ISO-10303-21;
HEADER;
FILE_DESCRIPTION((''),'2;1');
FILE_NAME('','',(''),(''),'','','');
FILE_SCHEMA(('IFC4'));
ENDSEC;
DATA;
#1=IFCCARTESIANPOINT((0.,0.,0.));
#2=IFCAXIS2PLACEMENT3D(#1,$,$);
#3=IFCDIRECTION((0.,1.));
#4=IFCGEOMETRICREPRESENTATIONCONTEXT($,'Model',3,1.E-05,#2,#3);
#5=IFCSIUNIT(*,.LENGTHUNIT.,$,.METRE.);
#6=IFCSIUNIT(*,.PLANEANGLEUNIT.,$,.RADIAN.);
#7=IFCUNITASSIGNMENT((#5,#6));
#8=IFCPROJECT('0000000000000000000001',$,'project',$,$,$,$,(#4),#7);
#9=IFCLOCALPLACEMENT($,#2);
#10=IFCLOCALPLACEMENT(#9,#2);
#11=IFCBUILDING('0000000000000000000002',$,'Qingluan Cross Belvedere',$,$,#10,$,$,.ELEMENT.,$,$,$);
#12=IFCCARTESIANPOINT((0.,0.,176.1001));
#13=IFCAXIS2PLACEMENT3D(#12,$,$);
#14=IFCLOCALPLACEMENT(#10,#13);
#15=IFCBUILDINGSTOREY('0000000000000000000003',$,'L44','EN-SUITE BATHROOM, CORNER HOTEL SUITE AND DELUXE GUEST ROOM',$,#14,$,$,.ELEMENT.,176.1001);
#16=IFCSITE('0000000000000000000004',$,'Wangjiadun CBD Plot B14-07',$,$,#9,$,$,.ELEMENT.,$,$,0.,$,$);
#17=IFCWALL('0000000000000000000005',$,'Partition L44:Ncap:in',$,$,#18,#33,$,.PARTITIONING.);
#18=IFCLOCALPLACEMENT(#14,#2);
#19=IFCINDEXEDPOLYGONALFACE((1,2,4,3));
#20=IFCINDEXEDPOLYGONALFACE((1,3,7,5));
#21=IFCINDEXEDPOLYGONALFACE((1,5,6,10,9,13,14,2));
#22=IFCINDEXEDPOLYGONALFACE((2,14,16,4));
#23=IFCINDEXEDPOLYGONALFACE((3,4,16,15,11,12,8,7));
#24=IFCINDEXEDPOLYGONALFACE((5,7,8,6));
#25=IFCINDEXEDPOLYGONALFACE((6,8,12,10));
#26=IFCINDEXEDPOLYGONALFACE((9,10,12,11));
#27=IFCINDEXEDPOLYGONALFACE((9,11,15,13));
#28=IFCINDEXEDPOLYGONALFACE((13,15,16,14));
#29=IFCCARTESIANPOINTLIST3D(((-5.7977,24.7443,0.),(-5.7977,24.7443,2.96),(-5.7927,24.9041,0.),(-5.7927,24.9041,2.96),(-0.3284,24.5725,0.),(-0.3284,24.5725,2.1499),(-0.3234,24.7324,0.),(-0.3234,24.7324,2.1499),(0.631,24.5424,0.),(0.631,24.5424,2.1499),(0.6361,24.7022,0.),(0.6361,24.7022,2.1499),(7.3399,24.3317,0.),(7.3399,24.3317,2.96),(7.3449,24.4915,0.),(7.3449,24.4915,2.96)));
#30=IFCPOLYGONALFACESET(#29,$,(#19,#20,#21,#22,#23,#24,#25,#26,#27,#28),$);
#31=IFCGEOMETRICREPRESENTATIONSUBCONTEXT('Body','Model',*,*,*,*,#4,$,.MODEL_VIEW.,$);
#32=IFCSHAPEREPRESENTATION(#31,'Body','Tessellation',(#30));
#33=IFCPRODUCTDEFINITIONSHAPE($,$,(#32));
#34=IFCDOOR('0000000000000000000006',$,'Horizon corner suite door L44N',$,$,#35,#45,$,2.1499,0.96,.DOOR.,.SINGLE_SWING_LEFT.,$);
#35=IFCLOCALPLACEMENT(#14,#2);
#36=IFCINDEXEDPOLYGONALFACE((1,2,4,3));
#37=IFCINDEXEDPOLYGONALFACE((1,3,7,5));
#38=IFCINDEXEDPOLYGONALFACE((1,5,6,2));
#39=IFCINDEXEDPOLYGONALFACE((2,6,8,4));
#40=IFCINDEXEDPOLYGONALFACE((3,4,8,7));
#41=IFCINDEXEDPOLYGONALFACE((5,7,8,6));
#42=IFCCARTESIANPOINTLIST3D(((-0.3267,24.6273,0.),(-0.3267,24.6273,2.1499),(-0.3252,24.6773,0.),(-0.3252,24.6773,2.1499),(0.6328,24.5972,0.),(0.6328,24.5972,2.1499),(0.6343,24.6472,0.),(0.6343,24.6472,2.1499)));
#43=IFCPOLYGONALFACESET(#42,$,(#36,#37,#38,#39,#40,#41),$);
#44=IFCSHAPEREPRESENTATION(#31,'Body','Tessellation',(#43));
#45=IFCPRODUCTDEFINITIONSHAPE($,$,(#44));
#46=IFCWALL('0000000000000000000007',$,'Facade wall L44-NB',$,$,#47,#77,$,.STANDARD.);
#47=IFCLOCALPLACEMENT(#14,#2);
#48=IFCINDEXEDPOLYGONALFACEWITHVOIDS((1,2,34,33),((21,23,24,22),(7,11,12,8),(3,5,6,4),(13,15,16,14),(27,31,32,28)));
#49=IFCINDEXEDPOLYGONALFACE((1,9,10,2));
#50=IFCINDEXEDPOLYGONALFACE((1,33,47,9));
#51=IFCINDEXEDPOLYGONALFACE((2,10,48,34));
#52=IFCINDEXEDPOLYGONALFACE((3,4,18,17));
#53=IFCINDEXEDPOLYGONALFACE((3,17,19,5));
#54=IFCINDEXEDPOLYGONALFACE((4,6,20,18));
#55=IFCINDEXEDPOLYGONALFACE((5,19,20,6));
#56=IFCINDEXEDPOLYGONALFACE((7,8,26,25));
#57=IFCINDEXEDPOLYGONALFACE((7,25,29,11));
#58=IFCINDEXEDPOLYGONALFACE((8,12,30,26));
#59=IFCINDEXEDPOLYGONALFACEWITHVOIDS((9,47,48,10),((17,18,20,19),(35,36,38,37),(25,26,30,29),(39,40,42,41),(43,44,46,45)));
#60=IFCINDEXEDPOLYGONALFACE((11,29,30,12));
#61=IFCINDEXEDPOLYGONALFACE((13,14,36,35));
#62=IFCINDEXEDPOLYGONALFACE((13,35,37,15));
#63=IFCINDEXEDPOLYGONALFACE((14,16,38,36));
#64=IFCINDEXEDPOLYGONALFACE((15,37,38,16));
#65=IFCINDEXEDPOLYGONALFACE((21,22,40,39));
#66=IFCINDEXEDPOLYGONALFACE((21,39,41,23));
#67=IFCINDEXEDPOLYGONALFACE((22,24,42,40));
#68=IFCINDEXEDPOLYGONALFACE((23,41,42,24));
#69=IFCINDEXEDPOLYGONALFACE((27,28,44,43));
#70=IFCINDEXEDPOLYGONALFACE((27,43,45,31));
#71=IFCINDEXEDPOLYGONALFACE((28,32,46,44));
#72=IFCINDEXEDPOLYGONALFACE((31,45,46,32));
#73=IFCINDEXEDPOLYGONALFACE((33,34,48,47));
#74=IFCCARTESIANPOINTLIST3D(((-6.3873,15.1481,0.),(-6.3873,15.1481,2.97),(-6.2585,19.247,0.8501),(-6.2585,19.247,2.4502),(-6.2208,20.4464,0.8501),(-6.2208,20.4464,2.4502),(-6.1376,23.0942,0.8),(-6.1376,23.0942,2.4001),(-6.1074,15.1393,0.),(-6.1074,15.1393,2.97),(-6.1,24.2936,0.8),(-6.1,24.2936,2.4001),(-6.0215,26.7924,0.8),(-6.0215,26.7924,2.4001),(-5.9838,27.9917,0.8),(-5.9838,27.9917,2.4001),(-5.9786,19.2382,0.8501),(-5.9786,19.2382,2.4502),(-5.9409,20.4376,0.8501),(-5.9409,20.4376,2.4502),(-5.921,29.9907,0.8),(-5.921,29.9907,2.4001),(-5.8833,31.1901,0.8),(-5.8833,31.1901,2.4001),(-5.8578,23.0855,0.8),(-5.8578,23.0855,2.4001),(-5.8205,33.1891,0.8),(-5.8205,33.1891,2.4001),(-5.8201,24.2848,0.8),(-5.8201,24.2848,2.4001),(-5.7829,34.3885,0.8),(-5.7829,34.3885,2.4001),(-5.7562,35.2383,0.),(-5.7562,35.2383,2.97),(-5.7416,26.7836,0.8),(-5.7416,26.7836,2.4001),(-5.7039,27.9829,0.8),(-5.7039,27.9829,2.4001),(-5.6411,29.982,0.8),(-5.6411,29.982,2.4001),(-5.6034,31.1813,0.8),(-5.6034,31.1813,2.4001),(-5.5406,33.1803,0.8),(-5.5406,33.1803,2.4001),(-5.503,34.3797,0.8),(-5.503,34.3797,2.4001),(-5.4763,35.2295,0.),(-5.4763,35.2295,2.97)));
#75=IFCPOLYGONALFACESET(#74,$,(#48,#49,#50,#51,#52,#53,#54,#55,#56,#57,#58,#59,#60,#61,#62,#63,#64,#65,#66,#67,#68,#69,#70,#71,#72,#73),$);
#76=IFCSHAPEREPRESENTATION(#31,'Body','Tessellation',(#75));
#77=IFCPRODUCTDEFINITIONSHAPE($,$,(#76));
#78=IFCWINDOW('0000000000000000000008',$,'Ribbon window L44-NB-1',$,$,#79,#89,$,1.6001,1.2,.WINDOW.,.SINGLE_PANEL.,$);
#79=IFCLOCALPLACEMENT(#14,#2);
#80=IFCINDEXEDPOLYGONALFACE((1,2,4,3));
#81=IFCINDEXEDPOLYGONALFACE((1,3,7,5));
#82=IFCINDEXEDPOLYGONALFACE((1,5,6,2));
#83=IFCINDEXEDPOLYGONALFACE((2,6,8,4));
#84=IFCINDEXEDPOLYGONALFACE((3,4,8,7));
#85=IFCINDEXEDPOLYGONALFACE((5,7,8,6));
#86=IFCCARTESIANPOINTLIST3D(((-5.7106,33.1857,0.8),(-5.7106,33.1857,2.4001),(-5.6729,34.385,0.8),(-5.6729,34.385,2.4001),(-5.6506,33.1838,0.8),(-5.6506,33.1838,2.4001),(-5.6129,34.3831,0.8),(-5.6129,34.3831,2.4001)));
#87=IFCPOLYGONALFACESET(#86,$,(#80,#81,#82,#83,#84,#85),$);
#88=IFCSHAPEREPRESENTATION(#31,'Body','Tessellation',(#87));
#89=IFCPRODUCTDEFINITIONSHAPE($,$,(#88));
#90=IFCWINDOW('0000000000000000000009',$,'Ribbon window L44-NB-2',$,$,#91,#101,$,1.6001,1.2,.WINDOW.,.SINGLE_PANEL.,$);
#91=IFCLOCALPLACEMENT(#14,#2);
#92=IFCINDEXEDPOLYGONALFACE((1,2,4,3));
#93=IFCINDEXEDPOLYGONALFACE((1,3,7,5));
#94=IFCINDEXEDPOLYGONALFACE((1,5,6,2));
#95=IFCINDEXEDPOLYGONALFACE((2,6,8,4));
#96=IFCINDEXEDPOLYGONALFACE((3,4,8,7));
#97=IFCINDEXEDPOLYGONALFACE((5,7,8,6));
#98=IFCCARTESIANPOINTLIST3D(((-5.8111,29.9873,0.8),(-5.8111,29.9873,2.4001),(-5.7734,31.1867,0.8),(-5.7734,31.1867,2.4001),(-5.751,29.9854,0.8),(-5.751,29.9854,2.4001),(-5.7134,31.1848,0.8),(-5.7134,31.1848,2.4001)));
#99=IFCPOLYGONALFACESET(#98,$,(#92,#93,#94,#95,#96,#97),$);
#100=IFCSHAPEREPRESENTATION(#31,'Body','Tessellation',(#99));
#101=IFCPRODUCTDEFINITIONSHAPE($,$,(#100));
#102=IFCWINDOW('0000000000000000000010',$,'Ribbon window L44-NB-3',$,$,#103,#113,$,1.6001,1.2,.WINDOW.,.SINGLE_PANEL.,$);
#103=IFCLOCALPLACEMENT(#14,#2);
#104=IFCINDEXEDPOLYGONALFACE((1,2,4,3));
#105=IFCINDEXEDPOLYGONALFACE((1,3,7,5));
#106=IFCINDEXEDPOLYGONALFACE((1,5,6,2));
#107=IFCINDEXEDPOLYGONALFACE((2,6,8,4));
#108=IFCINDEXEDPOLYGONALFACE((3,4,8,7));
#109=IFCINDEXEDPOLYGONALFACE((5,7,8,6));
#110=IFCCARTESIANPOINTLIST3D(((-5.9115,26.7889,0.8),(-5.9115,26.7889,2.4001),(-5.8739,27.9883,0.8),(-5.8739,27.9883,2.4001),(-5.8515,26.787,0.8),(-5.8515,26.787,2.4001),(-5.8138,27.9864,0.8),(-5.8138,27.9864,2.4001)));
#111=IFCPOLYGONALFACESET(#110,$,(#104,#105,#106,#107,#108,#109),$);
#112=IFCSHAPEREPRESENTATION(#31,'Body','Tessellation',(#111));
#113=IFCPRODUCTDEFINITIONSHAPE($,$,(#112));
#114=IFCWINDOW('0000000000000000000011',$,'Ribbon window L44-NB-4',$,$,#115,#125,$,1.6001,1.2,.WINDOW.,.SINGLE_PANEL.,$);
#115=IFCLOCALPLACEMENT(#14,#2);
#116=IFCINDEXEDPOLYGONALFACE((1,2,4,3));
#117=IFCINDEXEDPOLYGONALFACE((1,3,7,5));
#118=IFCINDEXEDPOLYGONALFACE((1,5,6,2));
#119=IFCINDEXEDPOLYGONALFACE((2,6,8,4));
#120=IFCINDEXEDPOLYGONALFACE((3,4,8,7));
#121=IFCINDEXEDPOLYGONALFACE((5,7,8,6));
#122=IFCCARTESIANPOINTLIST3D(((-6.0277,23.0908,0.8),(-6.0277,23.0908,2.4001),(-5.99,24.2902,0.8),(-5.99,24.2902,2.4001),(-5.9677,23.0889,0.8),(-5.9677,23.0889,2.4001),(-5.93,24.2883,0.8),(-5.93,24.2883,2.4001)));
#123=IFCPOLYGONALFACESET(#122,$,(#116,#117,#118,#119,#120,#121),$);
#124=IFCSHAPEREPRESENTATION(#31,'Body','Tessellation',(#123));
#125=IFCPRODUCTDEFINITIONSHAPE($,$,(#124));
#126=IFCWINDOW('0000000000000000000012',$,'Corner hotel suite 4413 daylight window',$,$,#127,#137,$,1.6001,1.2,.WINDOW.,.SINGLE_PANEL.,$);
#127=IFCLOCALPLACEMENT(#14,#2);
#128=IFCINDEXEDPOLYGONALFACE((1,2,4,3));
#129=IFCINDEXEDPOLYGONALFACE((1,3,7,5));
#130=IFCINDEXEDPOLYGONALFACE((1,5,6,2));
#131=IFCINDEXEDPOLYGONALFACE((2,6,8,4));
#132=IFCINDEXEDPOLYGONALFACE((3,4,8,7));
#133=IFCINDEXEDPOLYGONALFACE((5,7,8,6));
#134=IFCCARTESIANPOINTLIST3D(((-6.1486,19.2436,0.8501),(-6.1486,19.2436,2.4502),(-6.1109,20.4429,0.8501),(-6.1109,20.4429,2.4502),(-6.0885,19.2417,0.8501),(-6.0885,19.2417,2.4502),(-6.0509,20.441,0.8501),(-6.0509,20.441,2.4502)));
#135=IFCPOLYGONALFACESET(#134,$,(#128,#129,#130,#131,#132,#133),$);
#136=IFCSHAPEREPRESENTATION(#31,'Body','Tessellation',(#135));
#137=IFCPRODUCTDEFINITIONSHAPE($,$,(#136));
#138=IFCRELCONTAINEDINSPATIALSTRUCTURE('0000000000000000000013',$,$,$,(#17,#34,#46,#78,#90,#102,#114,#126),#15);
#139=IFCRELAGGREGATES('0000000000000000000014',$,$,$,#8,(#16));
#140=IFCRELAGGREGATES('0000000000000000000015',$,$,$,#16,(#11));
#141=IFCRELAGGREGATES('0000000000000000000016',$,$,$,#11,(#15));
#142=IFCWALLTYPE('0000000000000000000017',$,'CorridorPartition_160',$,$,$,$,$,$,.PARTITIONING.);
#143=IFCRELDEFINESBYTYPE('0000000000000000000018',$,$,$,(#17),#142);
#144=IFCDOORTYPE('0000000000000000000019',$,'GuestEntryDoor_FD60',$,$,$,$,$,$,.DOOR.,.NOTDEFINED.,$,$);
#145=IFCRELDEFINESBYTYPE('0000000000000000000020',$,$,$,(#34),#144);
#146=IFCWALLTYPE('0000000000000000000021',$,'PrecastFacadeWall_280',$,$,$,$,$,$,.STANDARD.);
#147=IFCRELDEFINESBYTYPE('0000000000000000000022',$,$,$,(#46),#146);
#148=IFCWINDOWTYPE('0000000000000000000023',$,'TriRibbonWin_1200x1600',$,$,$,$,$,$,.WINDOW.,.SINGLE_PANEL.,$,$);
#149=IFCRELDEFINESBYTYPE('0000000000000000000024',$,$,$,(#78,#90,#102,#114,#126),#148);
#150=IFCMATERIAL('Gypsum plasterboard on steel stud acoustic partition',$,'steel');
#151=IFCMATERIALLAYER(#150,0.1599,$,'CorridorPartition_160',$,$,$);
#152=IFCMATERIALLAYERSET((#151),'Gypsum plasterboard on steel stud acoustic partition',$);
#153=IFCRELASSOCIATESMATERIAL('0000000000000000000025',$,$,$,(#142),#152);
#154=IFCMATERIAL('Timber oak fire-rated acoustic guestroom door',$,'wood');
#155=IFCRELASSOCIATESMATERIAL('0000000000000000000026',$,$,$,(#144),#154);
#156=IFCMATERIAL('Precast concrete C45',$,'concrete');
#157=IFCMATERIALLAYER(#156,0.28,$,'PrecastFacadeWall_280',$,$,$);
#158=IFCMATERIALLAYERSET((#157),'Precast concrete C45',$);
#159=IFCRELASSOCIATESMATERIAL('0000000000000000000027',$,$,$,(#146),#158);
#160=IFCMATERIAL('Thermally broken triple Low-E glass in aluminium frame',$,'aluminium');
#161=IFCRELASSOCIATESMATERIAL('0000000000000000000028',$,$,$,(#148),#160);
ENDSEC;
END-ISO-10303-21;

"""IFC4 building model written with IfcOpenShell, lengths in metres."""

from ifc_helpers import new_model, si_unit, direction, frame, frame_2d, origin, place, context, subcontext, project, spatial, rectangle, extrude, material, layer, layer_set, type_object, element, fill, save


model = new_model("IFC4")

# Units and contexts
model_context = context("Model", 3, precision=1e-05, world=origin(), true_north=direction((0.0, 1.0)))
body_context = subcontext(model_context, "Body", "Model", "MODEL_VIEW")
ifc_project = project(units=[si_unit("LENGTHUNIT", "METRE"), si_unit("PLANEANGLEUNIT", "RADIAN")], contexts=[model_context])

# Site, building, storey
site_placement = place(None, origin())
site = spatial("IfcSite", under=ifc_project, at=site_placement, Name="Wangjiadun CBD Plot B14-07", CompositionType="ELEMENT", RefElevation=0.0)
building_placement = place(site_placement, origin())
building = spatial("IfcBuilding", under=site, at=building_placement, Name="Qingluan Cross Belvedere", CompositionType="ELEMENT")
storey_placement = place(building_placement, frame((0.0, 0.0, 176.1001)))
storey = spatial("IfcBuildingStorey", under=building, at=storey_placement, Name="L44", Description="EN-SUITE BATHROOM, CORNER HOTEL SUITE AND DELUXE GUEST ROOM", CompositionType="ELEMENT", Elevation=176.1001)

# Shared definitions
ifc_material_1 = material(Name="Gypsum plasterboard on steel stud acoustic partition", Category="steel")
ifc_layer_1 = layer(ifc_material_1, 0.1599, Name="CorridorPartition_160")
ifc_layer_set_1 = layer_set([ifc_layer_1], Name="Gypsum plasterboard on steel stud acoustic partition")
wall_type_1 = type_object("IfcWallType", Name="CorridorPartition_160", PredefinedType="PARTITIONING", material=ifc_layer_set_1)

# Wall, opening, door
wall_1_placement = place(storey_placement, frame((-5.7952, 24.8242, 0.0), z_axis=(0.0, 0.0, 1.0), x_axis=(0.999507, -0.031391, 0.0)))
wall_1 = element("IfcWall", 1, at=wall_1_placement, inside=storey, type_object=wall_type_1, Name="Partition L44:Ncap:in", PredefinedType="PARTITIONING", context=body_context, shape_type="SweptSolid", body=[
    extrude(rectangle(XDim=13.144, YDim=0.1599, at=frame_2d((6.572, 0.0))), origin(), (0.0, 0.0, 1.0), 2.96),
])
opening_1_placement = place(wall_1_placement, frame((5.4719, 0.0, 0.0)))
opening_1 = element("IfcOpeningElement", 2, at=opening_1_placement, cuts=wall_1, PredefinedType="OPENING", context=body_context, shape_type="SweptSolid", body=[
    extrude(rectangle(XDim=0.96, YDim=2.1499, at=frame_2d((0.48, 1.075))), frame((0.0, 0.0898, 0.0), z_axis=(0.0, -1.0, 0.0), x_axis=(1.0, 0.0, 0.0)), (0.0, 0.0, 1.0), 0.1799),
])
ifc_material_2 = material(Name="Timber oak fire-rated acoustic guestroom door", Category="wood")
door_type_1 = type_object("IfcDoorType", Name="GuestEntryDoor_FD60", OperationType="NOTDEFINED", PredefinedType="DOOR", material=ifc_material_2)
door_1_placement = place(opening_1_placement, origin())
door_1 = element("IfcDoor", 3, at=door_1_placement, inside=storey, type_object=door_type_1, Name="Horizon corner suite door L44N", OperationType="SINGLE_SWING_LEFT", OverallHeight=2.1499, OverallWidth=0.96, PredefinedType="DOOR", context=body_context, shape_type="SweptSolid", body=[
    extrude(rectangle(XDim=0.96, YDim=2.1499, at=frame_2d((0.48, 1.075))), frame((0.0, 0.0249, 0.0), z_axis=(0.0, -1.0, 0.0), x_axis=(1.0, 0.0, 0.0)), (0.0, 0.0, 1.0), 0.05),
])
fill(opening_1, door_1)

# Wall, openings, windows
ifc_material_3 = material(Name="Precast concrete C45", Category="concrete")
ifc_layer_2 = layer(ifc_material_3, 0.28, Name="PrecastFacadeWall_280")
ifc_layer_set_2 = layer_set([ifc_layer_2], Name="Precast concrete C45")
wall_type_2 = type_object("IfcWallType", Name="PrecastFacadeWall_280", PredefinedType="STANDARD", material=ifc_layer_set_2)
wall_2_placement = place(storey_placement, frame((-5.6162, 35.2339, 0.0), z_axis=(0.0, 0.0, 1.0), x_axis=(-0.031398, -0.999507, 0.0)))
wall_2 = element("IfcWall", 4, at=wall_2_placement, inside=storey, type_object=wall_type_2, Name="Facade wall L44-NB", PredefinedType="STANDARD", context=body_context, shape_type="SweptSolid", body=[
    extrude(rectangle(XDim=20.1001, YDim=0.28, at=frame_2d((10.05, 0.0))), origin(), (0.0, 0.0, 1.0), 2.97),
])
opening_2_placement = place(wall_2_placement, frame((0.8501, 0.0, 0.8)))
opening_2 = element("IfcOpeningElement", 5, at=opening_2_placement, cuts=wall_2, PredefinedType="OPENING", context=body_context, shape_type="SweptSolid", body=[
    extrude(rectangle(XDim=1.2, YDim=1.6001, at=frame_2d((0.6001, 0.8))), frame((0.0, 0.1499, 0.0), z_axis=(0.0, -1.0, 0.0), x_axis=(1.0, 0.0, 0.0)), (0.0, 0.0, 1.0), 0.3),
])
opening_3_placement = place(wall_2_placement, frame((4.05, 0.0, 0.8)))
opening_3 = element("IfcOpeningElement", 6, at=opening_3_placement, cuts=wall_2, PredefinedType="OPENING", context=body_context, shape_type="SweptSolid", body=[
    extrude(rectangle(XDim=1.2, YDim=1.6001, at=frame_2d((0.6001, 0.8))), frame((0.0, 0.1499, 0.0), z_axis=(0.0, -1.0, 0.0), x_axis=(1.0, 0.0, 0.0)), (0.0, 0.0, 1.0), 0.3),
])
opening_4_placement = place(wall_2_placement, frame((7.25, 0.0, 0.8)))
opening_4 = element("IfcOpeningElement", 7, at=opening_4_placement, cuts=wall_2, PredefinedType="OPENING", context=body_context, shape_type="SweptSolid", body=[
    extrude(rectangle(XDim=1.2, YDim=1.6001, at=frame_2d((0.6001, 0.8))), frame((0.0, 0.1499, 0.0), z_axis=(0.0, -1.0, 0.0), x_axis=(1.0, 0.0, 0.0)), (0.0, 0.0, 1.0), 0.3),
])
opening_5_placement = place(wall_2_placement, frame((10.95, 0.0, 0.8)))
opening_5 = element("IfcOpeningElement", 8, at=opening_5_placement, cuts=wall_2, PredefinedType="OPENING", context=body_context, shape_type="SweptSolid", body=[
    extrude(rectangle(XDim=1.2, YDim=1.6001, at=frame_2d((0.6001, 0.8))), frame((0.0, 0.1499, 0.0), z_axis=(0.0, -1.0, 0.0), x_axis=(1.0, 0.0, 0.0)), (0.0, 0.0, 1.0), 0.3),
])
opening_6_placement = place(wall_2_placement, frame((14.7991, 0.0, 0.8501)))
opening_6 = element("IfcOpeningElement", 9, at=opening_6_placement, cuts=wall_2, PredefinedType="OPENING", context=body_context, shape_type="SweptSolid", body=[
    extrude(rectangle(XDim=1.2, YDim=1.6001, at=frame_2d((0.6001, 0.8))), frame((0.0, 0.1499, 0.0), z_axis=(0.0, -1.0, 0.0), x_axis=(1.0, 0.0, 0.0)), (0.0, 0.0, 1.0), 0.3),
])
ifc_material_4 = material(Name="Thermally broken triple Low-E glass in aluminium frame", Category="aluminium")
window_type = type_object("IfcWindowType", Name="TriRibbonWin_1200x1600", PartitioningType="SINGLE_PANEL", PredefinedType="WINDOW", material=ifc_material_4)
window_1_placement = place(opening_2_placement, origin())
window_1 = element("IfcWindow", 10, at=window_1_placement, inside=storey, type_object=window_type, Name="Ribbon window L44-NB-1", OverallHeight=1.6001, OverallWidth=1.2, PartitioningType="SINGLE_PANEL", PredefinedType="WINDOW", context=body_context, shape_type="SweptSolid", body=[
    extrude(rectangle(XDim=1.2, YDim=1.6001, at=frame_2d((0.6001, 0.8))), frame((0.0, 0.03, 0.0), z_axis=(0.0, -1.0, 0.0), x_axis=(1.0, 0.0, 0.0)), (0.0, 0.0, 1.0), 0.0601),
])
fill(opening_2, window_1)
window_2_placement = place(opening_3_placement, origin())
window_2 = element("IfcWindow", 11, at=window_2_placement, inside=storey, type_object=window_type, Name="Ribbon window L44-NB-2", OverallHeight=1.6001, OverallWidth=1.2, PartitioningType="SINGLE_PANEL", PredefinedType="WINDOW", context=body_context, shape_type="SweptSolid", body=[
    extrude(rectangle(XDim=1.2, YDim=1.6001, at=frame_2d((0.6001, 0.8))), frame((0.0, 0.03, 0.0), z_axis=(0.0, -1.0, 0.0), x_axis=(1.0, 0.0, 0.0)), (0.0, 0.0, 1.0), 0.0601),
])
fill(opening_3, window_2)
window_3_placement = place(opening_4_placement, origin())
window_3 = element("IfcWindow", 12, at=window_3_placement, inside=storey, type_object=window_type, Name="Ribbon window L44-NB-3", OverallHeight=1.6001, OverallWidth=1.2, PartitioningType="SINGLE_PANEL", PredefinedType="WINDOW", context=body_context, shape_type="SweptSolid", body=[
    extrude(rectangle(XDim=1.2, YDim=1.6001, at=frame_2d((0.6001, 0.8))), frame((0.0, 0.03, 0.0), z_axis=(0.0, -1.0, 0.0), x_axis=(1.0, 0.0, 0.0)), (0.0, 0.0, 1.0), 0.0601),
])
fill(opening_4, window_3)
window_4_placement = place(opening_5_placement, origin())
window_4 = element("IfcWindow", 13, at=window_4_placement, inside=storey, type_object=window_type, Name="Ribbon window L44-NB-4", OverallHeight=1.6001, OverallWidth=1.2, PartitioningType="SINGLE_PANEL", PredefinedType="WINDOW", context=body_context, shape_type="SweptSolid", body=[
    extrude(rectangle(XDim=1.2, YDim=1.6001, at=frame_2d((0.6001, 0.8))), frame((0.0, 0.03, 0.0), z_axis=(0.0, -1.0, 0.0), x_axis=(1.0, 0.0, 0.0)), (0.0, 0.0, 1.0), 0.0601),
])
fill(opening_5, window_4)
window_5_placement = place(opening_6_placement, origin())
window_5 = element("IfcWindow", 14, at=window_5_placement, inside=storey, type_object=window_type, Name="Corner hotel suite 4413 daylight window", OverallHeight=1.6001, OverallWidth=1.2, PartitioningType="SINGLE_PANEL", PredefinedType="WINDOW", context=body_context, shape_type="SweptSolid", body=[
    extrude(rectangle(XDim=1.2, YDim=1.6001, at=frame_2d((0.6001, 0.8))), frame((0.0, 0.03, 0.0), z_axis=(0.0, -1.0, 0.0), x_axis=(1.0, 0.0, 0.0)), (0.0, 0.0, 1.0), 0.0601),
])
fill(opening_6, window_5)

save(model, "model.ifc")
